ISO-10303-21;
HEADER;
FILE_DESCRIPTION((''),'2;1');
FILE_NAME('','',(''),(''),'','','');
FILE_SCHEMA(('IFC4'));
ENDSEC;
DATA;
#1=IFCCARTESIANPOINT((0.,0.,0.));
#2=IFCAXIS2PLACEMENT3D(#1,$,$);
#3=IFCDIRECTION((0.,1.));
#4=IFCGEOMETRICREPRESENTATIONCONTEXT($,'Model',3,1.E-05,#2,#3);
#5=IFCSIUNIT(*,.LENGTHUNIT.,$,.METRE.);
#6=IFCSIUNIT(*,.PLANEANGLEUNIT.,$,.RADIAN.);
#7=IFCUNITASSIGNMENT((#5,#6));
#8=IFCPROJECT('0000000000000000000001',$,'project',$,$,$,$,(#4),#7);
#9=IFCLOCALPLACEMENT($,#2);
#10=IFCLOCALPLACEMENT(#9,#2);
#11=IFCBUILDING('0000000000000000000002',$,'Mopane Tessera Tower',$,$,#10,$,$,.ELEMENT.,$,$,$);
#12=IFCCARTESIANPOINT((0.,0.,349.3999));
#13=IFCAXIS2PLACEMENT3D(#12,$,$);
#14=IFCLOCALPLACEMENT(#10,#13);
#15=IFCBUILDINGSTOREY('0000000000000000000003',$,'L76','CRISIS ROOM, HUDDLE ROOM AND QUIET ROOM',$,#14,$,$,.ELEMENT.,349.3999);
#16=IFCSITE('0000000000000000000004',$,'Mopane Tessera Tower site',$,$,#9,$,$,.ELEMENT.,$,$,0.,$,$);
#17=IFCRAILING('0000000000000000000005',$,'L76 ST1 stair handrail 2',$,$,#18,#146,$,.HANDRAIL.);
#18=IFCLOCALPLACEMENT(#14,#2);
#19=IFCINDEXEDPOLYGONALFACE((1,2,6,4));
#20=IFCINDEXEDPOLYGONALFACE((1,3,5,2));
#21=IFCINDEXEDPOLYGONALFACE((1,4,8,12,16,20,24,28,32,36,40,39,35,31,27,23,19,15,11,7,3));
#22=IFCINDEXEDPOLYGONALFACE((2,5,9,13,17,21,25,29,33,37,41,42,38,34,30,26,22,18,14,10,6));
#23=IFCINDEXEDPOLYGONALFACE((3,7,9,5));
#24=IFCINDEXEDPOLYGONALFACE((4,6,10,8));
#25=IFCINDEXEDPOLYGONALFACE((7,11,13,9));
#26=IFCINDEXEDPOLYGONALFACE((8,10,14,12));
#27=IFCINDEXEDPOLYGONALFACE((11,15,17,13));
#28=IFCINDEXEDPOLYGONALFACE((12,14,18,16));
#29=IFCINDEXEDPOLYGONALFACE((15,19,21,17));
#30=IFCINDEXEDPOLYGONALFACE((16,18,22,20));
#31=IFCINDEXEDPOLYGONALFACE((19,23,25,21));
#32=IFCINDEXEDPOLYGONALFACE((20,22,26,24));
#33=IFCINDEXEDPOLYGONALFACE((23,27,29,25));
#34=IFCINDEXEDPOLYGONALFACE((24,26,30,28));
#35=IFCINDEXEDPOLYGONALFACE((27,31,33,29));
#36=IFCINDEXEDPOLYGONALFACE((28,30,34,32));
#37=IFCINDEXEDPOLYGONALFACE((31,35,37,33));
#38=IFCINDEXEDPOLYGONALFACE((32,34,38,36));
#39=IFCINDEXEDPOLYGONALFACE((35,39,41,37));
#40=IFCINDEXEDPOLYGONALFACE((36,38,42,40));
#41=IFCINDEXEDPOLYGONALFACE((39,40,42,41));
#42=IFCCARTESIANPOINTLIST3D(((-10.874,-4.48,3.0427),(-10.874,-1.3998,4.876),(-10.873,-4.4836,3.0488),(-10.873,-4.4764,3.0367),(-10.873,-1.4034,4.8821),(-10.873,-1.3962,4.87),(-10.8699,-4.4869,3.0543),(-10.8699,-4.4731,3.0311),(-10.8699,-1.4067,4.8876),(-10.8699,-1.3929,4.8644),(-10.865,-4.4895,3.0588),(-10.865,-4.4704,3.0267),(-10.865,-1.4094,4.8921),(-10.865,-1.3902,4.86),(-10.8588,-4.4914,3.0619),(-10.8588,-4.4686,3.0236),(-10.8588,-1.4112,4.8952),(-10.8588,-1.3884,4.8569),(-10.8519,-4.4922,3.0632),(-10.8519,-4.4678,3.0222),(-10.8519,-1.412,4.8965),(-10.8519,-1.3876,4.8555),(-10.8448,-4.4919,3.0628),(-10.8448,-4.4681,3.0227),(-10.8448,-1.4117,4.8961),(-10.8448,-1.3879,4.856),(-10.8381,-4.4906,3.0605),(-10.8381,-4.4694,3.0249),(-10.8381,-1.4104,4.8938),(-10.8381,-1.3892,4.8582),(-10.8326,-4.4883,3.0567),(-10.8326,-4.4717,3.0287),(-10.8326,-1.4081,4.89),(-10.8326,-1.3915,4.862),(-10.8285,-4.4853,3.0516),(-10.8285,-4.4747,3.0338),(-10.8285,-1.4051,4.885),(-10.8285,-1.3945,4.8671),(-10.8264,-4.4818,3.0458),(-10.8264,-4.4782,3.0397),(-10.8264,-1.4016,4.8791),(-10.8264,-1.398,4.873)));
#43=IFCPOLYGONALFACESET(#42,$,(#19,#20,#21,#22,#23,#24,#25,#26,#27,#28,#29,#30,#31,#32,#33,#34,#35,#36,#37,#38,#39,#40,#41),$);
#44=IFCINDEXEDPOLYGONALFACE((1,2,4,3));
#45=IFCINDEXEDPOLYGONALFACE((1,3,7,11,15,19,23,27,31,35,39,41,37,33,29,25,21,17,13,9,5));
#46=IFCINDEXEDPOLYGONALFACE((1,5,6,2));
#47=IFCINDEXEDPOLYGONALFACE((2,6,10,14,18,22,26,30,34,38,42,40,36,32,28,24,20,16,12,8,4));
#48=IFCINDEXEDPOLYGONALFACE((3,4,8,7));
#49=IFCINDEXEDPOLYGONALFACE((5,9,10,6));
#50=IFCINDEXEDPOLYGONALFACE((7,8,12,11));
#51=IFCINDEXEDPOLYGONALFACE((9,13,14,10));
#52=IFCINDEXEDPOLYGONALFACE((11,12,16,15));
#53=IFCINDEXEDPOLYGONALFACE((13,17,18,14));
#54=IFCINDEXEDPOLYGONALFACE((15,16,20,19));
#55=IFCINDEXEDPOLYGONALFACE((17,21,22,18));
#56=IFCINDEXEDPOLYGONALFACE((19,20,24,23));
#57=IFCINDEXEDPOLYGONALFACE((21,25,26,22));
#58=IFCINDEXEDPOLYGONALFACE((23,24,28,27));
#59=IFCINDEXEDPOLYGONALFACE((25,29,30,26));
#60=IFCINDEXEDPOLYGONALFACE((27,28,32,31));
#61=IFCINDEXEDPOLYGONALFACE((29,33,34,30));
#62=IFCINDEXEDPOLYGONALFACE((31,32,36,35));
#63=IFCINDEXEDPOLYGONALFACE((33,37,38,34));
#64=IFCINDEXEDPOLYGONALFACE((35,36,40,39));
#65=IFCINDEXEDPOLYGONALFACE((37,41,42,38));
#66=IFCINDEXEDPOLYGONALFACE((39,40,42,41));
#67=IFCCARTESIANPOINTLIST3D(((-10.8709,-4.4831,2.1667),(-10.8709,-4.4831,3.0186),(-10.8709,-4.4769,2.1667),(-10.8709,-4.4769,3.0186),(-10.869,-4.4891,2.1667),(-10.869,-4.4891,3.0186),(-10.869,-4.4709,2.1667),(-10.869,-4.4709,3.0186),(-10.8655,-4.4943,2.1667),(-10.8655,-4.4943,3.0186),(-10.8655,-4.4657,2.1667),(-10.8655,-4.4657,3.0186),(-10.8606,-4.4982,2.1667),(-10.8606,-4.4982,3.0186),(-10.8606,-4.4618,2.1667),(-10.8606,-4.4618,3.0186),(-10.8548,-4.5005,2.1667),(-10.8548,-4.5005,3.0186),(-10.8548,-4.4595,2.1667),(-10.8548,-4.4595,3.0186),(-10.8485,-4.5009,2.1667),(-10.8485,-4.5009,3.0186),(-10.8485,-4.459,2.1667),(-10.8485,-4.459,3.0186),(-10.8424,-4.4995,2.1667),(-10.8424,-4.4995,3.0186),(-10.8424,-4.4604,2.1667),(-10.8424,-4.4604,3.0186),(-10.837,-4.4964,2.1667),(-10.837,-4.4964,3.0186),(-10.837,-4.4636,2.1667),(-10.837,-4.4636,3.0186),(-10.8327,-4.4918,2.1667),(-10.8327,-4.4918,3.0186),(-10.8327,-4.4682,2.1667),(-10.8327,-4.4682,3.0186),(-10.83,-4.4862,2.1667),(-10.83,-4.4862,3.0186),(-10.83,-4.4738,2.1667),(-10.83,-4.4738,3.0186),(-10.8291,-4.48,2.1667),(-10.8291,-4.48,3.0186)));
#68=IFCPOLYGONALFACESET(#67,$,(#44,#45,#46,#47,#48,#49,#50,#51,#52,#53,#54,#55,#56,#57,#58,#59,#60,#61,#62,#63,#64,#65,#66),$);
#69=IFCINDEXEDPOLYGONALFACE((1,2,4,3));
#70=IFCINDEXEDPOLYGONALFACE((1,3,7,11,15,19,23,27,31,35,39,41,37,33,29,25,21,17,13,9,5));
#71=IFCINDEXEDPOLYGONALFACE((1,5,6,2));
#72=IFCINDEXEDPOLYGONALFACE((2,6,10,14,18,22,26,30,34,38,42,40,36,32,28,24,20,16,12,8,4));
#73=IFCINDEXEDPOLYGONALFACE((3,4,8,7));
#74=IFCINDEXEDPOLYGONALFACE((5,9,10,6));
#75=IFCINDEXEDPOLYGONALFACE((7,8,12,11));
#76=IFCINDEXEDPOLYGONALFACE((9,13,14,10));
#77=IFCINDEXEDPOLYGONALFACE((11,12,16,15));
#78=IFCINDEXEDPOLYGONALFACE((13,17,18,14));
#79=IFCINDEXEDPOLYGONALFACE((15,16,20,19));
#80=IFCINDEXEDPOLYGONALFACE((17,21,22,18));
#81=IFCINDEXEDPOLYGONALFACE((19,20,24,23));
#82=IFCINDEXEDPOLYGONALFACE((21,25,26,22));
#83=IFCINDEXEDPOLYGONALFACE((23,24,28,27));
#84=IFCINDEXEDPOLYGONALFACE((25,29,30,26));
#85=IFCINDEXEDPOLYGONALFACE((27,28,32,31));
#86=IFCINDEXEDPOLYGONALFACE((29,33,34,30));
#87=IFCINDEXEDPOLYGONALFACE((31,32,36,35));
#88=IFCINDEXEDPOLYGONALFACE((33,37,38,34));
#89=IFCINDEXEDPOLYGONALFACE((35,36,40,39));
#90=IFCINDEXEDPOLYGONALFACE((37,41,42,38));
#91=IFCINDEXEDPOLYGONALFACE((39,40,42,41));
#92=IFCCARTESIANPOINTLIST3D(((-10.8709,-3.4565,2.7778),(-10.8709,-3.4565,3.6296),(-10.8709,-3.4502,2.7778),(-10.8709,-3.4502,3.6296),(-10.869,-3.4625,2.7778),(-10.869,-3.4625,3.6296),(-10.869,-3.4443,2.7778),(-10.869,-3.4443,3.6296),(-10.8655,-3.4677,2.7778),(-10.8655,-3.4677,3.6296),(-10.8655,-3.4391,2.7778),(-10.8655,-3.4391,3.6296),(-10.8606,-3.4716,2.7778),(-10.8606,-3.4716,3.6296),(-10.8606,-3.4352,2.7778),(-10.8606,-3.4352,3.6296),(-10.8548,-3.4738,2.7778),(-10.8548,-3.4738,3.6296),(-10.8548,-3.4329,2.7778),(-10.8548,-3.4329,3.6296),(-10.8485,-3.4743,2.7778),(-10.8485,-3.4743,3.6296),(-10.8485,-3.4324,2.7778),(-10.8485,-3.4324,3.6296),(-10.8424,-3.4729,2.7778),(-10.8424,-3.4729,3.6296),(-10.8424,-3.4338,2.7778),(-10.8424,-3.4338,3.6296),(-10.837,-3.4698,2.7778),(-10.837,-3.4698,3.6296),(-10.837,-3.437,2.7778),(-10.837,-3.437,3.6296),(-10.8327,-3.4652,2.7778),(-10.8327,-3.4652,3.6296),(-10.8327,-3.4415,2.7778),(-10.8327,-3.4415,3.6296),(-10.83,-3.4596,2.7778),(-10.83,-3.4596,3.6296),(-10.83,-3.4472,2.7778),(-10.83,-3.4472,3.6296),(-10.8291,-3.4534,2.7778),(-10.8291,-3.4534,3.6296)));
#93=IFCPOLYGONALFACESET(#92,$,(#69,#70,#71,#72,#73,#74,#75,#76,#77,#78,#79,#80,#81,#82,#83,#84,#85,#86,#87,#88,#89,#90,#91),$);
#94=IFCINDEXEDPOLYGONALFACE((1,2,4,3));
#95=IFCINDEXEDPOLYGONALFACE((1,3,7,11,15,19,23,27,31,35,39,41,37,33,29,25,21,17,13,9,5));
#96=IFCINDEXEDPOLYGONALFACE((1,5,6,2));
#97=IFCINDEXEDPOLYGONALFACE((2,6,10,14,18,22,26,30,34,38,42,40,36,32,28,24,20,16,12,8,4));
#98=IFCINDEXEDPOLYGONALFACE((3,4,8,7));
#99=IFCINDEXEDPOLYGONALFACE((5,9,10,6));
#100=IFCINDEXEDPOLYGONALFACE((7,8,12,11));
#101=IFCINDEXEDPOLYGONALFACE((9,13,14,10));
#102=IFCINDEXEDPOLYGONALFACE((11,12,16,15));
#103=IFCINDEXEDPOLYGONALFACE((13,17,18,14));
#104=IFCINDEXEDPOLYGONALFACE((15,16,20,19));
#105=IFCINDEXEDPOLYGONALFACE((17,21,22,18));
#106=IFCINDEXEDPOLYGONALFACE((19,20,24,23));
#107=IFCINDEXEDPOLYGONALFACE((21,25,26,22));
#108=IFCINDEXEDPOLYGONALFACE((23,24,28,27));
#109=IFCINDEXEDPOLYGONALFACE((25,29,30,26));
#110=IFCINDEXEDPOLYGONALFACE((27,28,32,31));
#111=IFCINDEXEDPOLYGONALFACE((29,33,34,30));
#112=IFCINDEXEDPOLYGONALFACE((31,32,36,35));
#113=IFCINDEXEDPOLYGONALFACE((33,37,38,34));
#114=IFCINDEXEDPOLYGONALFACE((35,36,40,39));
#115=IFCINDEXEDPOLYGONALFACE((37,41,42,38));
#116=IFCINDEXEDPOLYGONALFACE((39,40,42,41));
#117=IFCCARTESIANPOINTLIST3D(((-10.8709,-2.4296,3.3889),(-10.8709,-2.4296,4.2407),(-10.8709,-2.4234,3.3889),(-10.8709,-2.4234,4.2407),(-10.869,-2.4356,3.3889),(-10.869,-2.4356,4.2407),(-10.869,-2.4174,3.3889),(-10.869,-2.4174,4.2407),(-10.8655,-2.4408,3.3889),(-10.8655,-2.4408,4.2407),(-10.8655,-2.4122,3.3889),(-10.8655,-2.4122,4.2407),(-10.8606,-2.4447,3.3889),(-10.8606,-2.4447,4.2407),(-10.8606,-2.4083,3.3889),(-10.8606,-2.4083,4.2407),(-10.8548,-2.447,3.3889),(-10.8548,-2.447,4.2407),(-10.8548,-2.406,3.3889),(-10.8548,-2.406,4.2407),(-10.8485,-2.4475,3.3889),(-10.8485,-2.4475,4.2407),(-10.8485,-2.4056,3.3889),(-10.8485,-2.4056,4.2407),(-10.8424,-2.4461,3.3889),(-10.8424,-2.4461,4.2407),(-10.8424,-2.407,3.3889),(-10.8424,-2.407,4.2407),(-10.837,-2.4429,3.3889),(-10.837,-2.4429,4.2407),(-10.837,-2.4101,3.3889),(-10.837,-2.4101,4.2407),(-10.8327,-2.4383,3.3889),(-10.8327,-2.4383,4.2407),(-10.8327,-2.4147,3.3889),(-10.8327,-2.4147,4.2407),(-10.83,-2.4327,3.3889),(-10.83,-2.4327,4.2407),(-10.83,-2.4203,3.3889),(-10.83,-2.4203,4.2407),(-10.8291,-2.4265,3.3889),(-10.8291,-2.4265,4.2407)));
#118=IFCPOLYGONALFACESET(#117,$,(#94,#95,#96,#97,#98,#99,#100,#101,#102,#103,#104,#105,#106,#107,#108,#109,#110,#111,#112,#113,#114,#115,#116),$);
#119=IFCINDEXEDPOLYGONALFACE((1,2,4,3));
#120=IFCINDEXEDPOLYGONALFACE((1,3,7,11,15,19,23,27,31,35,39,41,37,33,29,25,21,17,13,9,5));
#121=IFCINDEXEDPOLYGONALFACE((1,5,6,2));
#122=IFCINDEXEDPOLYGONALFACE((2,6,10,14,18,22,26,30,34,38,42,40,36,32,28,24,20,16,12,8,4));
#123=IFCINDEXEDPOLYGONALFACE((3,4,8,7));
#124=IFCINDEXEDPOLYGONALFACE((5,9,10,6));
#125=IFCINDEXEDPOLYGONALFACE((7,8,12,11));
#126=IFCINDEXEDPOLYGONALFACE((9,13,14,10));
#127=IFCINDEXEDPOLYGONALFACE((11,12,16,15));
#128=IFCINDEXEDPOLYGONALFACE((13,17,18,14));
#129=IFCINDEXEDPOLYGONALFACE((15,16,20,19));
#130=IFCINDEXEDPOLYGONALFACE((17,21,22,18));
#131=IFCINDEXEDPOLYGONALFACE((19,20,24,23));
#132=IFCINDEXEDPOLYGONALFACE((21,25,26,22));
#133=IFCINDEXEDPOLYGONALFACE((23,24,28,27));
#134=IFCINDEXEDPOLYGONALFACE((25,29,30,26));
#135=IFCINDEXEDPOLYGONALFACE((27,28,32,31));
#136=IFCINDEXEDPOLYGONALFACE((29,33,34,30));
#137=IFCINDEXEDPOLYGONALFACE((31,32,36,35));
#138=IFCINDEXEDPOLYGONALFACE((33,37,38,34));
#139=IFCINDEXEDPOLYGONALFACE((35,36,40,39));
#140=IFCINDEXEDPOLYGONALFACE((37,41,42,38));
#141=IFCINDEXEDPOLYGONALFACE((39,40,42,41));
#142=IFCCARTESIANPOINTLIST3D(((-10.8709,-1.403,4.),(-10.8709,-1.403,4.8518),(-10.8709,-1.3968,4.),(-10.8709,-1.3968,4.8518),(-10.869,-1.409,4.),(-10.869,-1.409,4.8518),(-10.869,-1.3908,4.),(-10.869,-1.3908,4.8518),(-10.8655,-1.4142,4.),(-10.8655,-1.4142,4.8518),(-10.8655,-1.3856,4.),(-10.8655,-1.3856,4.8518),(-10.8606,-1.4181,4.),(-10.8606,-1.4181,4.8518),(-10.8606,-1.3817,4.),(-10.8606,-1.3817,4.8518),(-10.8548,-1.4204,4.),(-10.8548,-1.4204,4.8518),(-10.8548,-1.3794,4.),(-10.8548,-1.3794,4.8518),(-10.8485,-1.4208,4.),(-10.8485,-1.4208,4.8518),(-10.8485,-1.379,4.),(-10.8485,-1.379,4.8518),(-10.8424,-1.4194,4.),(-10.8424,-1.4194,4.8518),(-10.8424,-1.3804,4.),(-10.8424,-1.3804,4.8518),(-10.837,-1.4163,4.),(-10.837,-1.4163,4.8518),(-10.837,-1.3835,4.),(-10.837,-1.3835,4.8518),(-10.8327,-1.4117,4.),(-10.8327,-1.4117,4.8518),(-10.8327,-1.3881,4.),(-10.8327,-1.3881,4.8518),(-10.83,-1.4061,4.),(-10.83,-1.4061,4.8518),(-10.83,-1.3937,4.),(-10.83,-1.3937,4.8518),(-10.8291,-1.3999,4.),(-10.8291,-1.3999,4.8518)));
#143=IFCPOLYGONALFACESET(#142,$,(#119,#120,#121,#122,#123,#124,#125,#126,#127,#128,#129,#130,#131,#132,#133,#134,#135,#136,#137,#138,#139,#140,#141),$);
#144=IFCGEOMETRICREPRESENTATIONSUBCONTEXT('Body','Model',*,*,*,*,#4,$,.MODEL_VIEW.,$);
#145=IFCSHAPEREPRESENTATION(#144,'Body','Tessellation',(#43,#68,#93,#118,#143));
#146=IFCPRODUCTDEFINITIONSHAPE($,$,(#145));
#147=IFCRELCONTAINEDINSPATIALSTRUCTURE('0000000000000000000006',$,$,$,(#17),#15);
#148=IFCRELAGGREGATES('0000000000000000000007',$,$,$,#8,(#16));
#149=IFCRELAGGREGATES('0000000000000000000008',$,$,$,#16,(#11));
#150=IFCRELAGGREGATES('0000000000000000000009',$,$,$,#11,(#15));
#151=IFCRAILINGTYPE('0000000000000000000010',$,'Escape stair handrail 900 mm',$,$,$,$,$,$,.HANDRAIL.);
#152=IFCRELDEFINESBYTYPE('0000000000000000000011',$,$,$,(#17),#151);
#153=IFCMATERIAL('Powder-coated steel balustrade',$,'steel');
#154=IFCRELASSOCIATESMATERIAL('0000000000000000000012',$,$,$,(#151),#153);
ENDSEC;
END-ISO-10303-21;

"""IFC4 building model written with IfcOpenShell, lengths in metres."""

from ifc_helpers import new_model, si_unit, direction, frame, origin, origin_2d, place, context, subcontext, project, spatial, circle, extrude, material, type_object, element, save


model = new_model("IFC4")

# Units and contexts
model_context = context("Model", 3, precision=1e-05, world=origin(), true_north=direction((0.0, 1.0)))
body_context = subcontext(model_context, "Body", "Model", "MODEL_VIEW")
ifc_project = project(units=[si_unit("LENGTHUNIT", "METRE"), si_unit("PLANEANGLEUNIT", "RADIAN")], contexts=[model_context])

# Site, building, storey
site_placement = place(None, origin())
site = spatial("IfcSite", under=ifc_project, at=site_placement, Name="Mopane Tessera Tower site", CompositionType="ELEMENT", RefElevation=0.0)
building_placement = place(site_placement, origin())
building = spatial("IfcBuilding", under=site, at=building_placement, Name="Mopane Tessera Tower", CompositionType="ELEMENT")
storey_placement = place(building_placement, frame((0.0, 0.0, 349.3999)))
storey = spatial("IfcBuildingStorey", under=building, at=storey_placement, Name="L76", Description="CRISIS ROOM, HUDDLE ROOM AND QUIET ROOM", CompositionType="ELEMENT", Elevation=349.3999)

# Railing
ifc_material_1 = material(Name="Powder-coated steel balustrade", Category="steel")
railing_type_1 = type_object("IfcRailingType", Name="Escape stair handrail 900 mm", PredefinedType="HANDRAIL", material=ifc_material_1)
railing_1_placement = place(storey_placement, frame((-10.8501, -4.48, 2.1667)))
element("IfcRailing", 1, at=railing_1_placement, inside=storey, type_object=railing_type_1, Name="L76 ST1 stair handrail 2", PredefinedType="HANDRAIL", context=body_context, shape_type="SweptSolid", body=[
    extrude(circle(Radius=0.0239, at=origin_2d()), frame((0.0, 0.0, 0.876), z_axis=(0.0, 0.859309, 0.511458), x_axis=(-1.0, 0.0, 0.0)), (0.0, 0.0, 1.0), 3.5845),
    extrude(circle(Radius=0.021, at=origin_2d()), origin(), (0.0, 0.0, 1.0), 0.8518),
    extrude(circle(Radius=0.021, at=origin_2d()), frame((0.0, 1.0266, 0.6111)), (0.0, 0.0, 1.0), 0.8518),
    extrude(circle(Radius=0.021, at=origin_2d()), frame((0.0, 2.0535, 1.2222)), (0.0, 0.0, 1.0), 0.8518),
    extrude(circle(Radius=0.021, at=origin_2d()), frame((0.0, 3.0801, 1.8333)), (0.0, 0.0, 1.0), 0.8518),
])

save(model, "model.ifc")
